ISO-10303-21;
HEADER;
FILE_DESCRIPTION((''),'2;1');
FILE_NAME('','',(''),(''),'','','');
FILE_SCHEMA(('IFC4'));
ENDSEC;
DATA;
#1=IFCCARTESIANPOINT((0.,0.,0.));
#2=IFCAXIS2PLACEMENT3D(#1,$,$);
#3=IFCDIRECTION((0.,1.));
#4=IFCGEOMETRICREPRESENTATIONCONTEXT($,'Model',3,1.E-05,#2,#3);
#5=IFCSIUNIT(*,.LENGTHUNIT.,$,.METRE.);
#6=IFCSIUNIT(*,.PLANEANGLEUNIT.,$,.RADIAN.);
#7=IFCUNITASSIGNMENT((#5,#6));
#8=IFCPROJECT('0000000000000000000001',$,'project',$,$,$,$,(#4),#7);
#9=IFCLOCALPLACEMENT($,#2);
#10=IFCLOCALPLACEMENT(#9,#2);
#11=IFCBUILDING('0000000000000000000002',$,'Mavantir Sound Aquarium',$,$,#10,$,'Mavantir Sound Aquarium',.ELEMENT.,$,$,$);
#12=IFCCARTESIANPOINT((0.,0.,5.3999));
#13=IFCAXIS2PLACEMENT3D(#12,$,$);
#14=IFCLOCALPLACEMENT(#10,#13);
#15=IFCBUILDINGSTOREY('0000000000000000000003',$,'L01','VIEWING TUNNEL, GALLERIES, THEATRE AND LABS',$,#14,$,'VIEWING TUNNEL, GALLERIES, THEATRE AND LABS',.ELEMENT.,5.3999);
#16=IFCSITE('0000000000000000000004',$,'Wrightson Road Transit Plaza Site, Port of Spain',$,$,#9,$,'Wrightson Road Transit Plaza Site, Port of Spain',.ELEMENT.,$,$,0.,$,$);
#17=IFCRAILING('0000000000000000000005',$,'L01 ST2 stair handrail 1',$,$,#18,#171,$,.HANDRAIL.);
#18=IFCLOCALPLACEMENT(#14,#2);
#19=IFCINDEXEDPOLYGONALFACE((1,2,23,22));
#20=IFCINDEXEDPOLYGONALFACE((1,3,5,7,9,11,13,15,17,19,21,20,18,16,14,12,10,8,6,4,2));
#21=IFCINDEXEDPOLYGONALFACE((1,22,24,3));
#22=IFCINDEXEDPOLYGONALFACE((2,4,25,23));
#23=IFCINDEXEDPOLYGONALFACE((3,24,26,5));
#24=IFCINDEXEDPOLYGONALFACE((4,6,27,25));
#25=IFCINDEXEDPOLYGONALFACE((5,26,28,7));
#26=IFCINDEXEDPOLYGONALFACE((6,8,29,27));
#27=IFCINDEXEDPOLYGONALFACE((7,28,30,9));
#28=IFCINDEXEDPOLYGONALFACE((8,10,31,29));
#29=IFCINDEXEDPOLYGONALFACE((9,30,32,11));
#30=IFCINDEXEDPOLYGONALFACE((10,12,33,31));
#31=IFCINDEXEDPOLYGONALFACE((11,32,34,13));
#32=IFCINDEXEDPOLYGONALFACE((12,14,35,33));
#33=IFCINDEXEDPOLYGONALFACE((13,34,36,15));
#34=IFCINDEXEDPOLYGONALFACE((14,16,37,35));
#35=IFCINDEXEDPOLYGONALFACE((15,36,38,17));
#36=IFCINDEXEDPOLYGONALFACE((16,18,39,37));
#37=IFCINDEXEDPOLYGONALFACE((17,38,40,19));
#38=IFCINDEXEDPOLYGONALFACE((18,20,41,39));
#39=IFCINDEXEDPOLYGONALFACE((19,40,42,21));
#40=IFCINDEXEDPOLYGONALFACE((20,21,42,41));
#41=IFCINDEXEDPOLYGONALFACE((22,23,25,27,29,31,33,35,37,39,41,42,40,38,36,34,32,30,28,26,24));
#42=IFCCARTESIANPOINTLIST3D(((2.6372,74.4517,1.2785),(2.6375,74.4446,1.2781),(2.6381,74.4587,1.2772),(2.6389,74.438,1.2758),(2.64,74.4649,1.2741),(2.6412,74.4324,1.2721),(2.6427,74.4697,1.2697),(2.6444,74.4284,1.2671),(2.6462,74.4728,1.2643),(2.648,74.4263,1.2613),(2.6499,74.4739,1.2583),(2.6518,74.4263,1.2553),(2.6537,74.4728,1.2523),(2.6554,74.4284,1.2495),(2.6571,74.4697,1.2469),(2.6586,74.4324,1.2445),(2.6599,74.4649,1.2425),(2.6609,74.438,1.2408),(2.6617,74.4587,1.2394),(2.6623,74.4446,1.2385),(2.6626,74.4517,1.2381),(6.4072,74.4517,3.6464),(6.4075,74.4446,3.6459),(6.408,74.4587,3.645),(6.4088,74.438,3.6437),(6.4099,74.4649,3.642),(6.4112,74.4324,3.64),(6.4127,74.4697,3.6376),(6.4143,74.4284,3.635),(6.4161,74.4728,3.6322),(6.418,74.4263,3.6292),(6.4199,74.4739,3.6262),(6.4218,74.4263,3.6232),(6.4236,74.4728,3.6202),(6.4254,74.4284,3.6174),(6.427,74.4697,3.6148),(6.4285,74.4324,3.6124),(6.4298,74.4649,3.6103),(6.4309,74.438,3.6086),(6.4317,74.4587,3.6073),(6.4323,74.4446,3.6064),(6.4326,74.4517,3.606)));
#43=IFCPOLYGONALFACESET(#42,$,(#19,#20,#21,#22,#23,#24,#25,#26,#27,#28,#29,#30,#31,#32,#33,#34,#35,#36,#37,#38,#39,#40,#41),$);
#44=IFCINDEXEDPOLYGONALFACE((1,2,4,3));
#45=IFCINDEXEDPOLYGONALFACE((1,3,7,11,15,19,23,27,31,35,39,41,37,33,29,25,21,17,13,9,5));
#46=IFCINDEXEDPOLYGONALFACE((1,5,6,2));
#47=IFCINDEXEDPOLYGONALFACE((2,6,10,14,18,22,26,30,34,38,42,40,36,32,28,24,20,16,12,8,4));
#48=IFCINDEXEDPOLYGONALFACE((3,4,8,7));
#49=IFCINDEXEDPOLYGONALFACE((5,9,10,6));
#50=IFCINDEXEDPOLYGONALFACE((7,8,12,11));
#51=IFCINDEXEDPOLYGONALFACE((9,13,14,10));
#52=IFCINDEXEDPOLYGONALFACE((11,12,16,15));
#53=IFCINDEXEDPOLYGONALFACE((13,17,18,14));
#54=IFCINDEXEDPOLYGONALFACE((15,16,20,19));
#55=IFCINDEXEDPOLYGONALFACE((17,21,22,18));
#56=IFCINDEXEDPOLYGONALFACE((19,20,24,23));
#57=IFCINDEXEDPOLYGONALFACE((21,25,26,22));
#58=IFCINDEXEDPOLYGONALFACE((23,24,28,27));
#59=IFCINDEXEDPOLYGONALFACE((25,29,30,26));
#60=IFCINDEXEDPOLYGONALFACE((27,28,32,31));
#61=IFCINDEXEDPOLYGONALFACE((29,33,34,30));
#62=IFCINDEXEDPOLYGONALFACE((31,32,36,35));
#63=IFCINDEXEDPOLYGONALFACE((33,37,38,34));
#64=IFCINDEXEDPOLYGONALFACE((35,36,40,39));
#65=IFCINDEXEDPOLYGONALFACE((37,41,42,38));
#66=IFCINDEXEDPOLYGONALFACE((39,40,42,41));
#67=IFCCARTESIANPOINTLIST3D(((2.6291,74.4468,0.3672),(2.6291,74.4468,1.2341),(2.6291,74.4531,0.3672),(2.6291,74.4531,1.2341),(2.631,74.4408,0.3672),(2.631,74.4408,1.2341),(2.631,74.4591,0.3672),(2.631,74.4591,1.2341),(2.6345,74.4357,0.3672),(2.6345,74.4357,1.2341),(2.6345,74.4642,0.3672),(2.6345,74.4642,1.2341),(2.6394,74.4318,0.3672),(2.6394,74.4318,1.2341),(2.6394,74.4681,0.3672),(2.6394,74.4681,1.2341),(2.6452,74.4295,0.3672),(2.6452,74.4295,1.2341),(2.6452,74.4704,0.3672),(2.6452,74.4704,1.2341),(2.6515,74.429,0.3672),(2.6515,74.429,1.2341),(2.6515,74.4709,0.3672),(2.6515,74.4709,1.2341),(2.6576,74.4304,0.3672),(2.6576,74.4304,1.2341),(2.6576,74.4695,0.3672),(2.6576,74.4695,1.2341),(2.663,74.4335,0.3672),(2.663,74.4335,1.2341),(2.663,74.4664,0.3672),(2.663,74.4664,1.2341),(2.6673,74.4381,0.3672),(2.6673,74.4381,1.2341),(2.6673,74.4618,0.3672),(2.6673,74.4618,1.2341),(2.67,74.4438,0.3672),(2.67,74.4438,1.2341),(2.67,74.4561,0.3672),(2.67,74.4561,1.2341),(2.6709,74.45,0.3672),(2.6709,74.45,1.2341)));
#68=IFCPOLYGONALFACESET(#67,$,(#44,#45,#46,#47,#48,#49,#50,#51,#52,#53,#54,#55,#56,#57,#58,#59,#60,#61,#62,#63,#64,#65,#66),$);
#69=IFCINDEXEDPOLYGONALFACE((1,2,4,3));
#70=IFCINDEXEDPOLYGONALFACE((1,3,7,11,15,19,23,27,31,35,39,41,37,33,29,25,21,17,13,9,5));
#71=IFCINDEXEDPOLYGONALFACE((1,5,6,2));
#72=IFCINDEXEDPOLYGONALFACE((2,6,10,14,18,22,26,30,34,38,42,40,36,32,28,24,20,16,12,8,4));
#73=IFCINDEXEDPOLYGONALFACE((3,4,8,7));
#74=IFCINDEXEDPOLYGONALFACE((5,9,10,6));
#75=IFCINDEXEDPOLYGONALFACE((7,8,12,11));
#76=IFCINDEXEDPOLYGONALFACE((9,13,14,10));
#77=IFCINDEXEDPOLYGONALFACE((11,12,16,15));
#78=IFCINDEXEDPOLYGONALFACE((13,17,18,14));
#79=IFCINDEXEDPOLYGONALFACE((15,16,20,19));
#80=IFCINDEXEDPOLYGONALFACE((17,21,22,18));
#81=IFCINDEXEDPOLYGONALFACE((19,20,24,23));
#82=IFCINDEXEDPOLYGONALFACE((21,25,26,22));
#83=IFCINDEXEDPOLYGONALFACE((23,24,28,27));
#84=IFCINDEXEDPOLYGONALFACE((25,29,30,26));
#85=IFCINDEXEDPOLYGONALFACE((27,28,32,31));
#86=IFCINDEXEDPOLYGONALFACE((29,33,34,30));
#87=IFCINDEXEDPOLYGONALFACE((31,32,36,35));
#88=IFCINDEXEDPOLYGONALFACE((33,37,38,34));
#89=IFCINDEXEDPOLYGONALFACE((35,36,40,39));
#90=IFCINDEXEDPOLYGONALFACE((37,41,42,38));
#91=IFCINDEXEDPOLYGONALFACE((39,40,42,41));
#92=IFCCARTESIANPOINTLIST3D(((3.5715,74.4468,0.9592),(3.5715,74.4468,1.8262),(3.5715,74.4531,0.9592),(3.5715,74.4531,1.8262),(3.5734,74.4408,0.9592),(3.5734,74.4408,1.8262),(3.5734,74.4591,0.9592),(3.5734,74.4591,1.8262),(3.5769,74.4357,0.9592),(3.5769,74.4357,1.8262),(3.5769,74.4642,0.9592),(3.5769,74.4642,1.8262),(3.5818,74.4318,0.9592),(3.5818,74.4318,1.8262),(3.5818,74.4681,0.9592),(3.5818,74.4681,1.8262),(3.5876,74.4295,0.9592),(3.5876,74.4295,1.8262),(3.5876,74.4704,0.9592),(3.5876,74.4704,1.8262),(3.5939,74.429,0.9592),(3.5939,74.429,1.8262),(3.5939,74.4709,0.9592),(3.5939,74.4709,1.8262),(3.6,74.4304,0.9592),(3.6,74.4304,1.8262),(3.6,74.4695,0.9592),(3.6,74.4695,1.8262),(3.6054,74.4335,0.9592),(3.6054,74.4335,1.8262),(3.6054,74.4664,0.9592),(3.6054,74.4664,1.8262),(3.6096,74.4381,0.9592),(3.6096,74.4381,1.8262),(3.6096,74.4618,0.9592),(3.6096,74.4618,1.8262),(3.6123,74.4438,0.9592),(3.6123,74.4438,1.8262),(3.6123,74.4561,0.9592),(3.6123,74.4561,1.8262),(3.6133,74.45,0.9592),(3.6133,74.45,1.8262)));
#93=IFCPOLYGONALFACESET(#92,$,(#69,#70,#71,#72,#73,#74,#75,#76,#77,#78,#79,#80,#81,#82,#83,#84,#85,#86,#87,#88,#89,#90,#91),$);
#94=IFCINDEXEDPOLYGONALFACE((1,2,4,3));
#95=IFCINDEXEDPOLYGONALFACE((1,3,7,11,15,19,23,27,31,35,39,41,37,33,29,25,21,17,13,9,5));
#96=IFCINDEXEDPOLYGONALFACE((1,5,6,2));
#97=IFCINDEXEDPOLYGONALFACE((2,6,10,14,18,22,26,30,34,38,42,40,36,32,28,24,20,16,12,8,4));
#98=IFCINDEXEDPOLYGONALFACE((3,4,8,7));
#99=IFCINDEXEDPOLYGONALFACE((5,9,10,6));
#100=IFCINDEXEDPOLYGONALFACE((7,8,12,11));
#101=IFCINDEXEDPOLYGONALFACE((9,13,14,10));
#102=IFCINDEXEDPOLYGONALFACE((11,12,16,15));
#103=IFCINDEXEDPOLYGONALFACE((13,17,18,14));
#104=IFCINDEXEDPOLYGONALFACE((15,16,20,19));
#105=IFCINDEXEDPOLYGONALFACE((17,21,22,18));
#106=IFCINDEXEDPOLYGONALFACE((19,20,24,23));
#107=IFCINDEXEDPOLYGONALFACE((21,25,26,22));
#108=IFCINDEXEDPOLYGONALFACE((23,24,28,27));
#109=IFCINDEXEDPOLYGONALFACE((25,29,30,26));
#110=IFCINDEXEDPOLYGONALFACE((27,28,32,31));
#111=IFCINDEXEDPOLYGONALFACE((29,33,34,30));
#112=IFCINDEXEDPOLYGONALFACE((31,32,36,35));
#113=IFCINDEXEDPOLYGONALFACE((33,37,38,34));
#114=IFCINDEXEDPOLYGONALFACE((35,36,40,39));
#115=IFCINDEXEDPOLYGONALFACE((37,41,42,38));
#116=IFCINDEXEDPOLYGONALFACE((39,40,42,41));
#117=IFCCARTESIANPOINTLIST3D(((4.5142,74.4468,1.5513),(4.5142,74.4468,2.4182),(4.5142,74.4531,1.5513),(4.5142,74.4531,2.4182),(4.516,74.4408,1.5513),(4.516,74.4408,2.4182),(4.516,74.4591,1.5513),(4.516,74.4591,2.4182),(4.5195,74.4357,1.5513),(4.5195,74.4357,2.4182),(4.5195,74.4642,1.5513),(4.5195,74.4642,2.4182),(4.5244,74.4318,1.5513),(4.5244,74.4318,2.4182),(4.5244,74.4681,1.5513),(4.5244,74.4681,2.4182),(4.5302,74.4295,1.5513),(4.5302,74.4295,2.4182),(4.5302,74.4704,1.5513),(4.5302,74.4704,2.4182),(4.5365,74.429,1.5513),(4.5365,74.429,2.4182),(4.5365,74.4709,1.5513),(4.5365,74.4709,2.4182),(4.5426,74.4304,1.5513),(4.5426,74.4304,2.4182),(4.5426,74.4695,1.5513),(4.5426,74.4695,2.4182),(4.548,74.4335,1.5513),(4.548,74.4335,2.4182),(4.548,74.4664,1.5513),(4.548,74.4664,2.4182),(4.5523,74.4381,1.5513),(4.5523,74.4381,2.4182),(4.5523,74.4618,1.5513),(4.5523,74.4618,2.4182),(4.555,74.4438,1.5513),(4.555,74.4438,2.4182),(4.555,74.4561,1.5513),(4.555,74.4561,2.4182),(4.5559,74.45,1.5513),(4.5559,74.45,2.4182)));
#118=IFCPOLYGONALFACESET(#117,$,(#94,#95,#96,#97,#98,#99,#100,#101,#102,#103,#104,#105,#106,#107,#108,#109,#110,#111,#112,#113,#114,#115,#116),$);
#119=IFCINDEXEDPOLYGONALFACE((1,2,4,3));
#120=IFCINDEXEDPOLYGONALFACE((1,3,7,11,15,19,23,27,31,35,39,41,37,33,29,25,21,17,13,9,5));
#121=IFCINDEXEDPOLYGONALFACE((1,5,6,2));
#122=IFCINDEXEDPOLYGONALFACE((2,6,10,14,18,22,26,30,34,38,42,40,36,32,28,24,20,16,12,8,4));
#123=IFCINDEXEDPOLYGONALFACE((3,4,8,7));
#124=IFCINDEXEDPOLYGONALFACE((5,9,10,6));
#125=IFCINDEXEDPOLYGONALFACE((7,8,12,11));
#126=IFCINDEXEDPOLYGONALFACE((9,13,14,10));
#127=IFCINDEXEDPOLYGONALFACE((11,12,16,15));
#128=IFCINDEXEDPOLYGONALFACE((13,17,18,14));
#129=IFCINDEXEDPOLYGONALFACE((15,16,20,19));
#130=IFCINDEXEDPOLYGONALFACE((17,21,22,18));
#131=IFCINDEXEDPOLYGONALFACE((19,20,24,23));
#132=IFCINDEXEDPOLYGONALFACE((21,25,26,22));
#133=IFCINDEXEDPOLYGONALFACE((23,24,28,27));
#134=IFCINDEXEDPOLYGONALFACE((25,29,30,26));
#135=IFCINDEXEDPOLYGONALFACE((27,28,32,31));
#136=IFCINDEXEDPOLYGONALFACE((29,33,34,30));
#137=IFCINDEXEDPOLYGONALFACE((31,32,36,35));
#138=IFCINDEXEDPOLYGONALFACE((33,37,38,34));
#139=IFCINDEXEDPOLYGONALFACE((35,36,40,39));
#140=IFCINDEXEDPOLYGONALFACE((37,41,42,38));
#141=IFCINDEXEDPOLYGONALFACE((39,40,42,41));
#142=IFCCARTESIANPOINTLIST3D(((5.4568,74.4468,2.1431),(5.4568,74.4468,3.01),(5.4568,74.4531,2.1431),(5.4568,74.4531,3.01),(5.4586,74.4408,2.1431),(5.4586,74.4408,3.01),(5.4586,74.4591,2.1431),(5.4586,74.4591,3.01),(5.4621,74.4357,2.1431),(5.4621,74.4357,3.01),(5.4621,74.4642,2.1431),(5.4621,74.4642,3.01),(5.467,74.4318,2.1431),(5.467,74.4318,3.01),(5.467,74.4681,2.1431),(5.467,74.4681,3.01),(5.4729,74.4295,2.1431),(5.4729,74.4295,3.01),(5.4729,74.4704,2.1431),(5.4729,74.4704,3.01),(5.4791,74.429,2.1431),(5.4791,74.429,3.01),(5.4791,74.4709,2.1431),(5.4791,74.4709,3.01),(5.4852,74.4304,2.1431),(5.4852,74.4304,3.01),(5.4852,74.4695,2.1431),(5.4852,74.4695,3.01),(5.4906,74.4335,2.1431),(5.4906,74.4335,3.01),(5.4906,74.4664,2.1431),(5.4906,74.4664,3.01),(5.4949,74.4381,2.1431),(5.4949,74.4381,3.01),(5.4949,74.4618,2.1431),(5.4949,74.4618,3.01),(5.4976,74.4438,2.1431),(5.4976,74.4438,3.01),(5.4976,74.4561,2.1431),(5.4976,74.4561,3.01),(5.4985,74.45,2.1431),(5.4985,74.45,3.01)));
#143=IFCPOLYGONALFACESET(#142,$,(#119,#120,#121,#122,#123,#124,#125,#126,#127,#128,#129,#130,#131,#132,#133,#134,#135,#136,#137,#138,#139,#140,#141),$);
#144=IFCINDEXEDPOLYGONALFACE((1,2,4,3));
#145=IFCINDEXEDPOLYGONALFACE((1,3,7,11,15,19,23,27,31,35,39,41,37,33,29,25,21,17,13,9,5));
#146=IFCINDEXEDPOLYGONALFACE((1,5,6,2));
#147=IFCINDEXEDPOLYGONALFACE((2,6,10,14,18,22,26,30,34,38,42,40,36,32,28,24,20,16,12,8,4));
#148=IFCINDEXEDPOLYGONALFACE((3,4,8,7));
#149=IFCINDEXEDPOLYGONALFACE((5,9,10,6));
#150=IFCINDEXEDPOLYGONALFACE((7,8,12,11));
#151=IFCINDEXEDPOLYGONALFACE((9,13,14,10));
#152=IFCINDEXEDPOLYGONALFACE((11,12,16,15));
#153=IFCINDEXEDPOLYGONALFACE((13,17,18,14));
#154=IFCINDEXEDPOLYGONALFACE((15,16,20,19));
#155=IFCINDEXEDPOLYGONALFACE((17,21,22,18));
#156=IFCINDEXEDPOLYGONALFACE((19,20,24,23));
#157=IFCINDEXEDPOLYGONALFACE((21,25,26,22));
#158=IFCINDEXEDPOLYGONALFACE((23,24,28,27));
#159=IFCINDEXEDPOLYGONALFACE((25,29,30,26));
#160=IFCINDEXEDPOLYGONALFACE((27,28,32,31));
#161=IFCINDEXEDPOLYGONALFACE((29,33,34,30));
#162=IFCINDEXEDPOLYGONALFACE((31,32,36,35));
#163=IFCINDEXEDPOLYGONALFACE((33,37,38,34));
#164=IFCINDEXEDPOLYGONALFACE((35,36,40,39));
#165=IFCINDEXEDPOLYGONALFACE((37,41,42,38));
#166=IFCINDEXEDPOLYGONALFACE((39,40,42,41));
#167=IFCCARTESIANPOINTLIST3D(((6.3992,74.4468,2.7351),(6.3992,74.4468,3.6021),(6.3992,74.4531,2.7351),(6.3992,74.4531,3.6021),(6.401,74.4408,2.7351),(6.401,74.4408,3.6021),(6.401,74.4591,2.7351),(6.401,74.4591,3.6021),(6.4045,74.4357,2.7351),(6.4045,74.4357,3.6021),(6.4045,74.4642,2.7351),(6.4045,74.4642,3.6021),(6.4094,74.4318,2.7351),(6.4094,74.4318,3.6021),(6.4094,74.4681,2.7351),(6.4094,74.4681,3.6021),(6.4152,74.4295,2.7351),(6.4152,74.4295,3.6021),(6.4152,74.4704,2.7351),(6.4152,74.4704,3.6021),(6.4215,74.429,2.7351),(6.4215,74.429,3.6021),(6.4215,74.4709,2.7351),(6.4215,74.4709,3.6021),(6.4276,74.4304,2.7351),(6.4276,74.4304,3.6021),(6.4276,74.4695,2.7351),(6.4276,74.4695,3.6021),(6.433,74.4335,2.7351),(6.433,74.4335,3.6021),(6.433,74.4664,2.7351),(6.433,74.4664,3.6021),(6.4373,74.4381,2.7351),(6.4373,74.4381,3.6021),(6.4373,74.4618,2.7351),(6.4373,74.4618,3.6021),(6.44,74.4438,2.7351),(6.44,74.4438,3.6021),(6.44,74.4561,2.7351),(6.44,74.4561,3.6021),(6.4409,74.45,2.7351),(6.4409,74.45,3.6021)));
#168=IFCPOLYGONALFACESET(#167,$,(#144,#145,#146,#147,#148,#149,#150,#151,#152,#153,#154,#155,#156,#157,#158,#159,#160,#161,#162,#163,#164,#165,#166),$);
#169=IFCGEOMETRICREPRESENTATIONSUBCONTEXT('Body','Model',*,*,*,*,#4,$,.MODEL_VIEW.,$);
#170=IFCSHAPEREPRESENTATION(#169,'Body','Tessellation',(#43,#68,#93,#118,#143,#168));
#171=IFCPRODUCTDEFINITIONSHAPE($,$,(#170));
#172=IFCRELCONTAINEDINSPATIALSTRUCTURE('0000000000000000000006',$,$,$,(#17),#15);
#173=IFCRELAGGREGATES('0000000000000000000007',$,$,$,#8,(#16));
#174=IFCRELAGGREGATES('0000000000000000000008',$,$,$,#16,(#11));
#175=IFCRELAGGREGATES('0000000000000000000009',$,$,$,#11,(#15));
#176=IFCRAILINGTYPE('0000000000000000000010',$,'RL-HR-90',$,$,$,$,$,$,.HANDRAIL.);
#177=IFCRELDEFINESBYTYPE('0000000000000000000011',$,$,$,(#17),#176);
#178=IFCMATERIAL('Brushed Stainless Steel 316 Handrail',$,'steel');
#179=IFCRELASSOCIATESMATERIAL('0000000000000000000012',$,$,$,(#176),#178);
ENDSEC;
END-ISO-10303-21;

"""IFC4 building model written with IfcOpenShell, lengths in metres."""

from ifc_helpers import new_model, si_unit, direction, frame, origin, origin_2d, place, context, subcontext, project, spatial, circle, extrude, material, type_object, element, save


model = new_model("IFC4")

# Units and contexts
model_context = context("Model", 3, precision=1e-05, world=origin(), true_north=direction((0.0, 1.0)))
body_context = subcontext(model_context, "Body", "Model", "MODEL_VIEW")
ifc_project = project(units=[si_unit("LENGTHUNIT", "METRE"), si_unit("PLANEANGLEUNIT", "RADIAN")], contexts=[model_context])

# Site, building, storey
site_placement = place(None, origin())
site = spatial("IfcSite", under=ifc_project, at=site_placement, Name="Wrightson Road Transit Plaza Site, Port of Spain", LongName="Wrightson Road Transit Plaza Site, Port of Spain", CompositionType="ELEMENT", RefElevation=0.0)
building_placement = place(site_placement, origin())
building = spatial("IfcBuilding", under=site, at=building_placement, Name="Mavantir Sound Aquarium", LongName="Mavantir Sound Aquarium", CompositionType="ELEMENT")
storey_placement = place(building_placement, frame((0.0, 0.0, 5.3999)))
storey = spatial("IfcBuildingStorey", under=building, at=storey_placement, Name="L01", Description="VIEWING TUNNEL, GALLERIES, THEATRE AND LABS", LongName="VIEWING TUNNEL, GALLERIES, THEATRE AND LABS", CompositionType="ELEMENT", Elevation=5.3999)

# Railing
ifc_material_1 = material(Name="Brushed Stainless Steel 316 Handrail", Category="steel")
railing_type_1 = type_object("IfcRailingType", Name="RL-HR-90", PredefinedType="HANDRAIL", material=ifc_material_1)
railing_1_placement = place(storey_placement, frame((2.6499, 74.45, 0.3672)))
element("IfcRailing", 1, at=railing_1_placement, inside=storey, type_object=railing_type_1, Name="L01 ST2 stair handrail 1", PredefinedType="HANDRAIL", context=body_context, shape_type="SweptSolid", body=[
    extrude(circle(Radius=0.0239, at=origin_2d()), frame((0.0, 0.0, 0.8911), z_axis=(0.846819, 0.0, 0.531881), x_axis=(0.0, 1.0, 0.0)), (0.0, 0.0, 1.0), 4.4519),
    extrude(circle(Radius=0.021, at=origin_2d()), origin(), (0.0, 0.0, 1.0), 0.8669),
    extrude(circle(Radius=0.021, at=origin_2d()), frame((0.9424, 0.0, 0.592)), (0.0, 0.0, 1.0), 0.8669),
    extrude(circle(Radius=0.021, at=origin_2d()), frame((1.885, 0.0, 1.1841)), (0.0, 0.0, 1.0), 0.8669),
    extrude(circle(Radius=0.021, at=origin_2d()), frame((2.8276, 0.0, 1.7759)), (0.0, 0.0, 1.0), 0.8669),
    extrude(circle(Radius=0.021, at=origin_2d()), frame((3.77, 0.0, 2.3679)), (0.0, 0.0, 1.0), 0.8669),
])

save(model, "model.ifc")
